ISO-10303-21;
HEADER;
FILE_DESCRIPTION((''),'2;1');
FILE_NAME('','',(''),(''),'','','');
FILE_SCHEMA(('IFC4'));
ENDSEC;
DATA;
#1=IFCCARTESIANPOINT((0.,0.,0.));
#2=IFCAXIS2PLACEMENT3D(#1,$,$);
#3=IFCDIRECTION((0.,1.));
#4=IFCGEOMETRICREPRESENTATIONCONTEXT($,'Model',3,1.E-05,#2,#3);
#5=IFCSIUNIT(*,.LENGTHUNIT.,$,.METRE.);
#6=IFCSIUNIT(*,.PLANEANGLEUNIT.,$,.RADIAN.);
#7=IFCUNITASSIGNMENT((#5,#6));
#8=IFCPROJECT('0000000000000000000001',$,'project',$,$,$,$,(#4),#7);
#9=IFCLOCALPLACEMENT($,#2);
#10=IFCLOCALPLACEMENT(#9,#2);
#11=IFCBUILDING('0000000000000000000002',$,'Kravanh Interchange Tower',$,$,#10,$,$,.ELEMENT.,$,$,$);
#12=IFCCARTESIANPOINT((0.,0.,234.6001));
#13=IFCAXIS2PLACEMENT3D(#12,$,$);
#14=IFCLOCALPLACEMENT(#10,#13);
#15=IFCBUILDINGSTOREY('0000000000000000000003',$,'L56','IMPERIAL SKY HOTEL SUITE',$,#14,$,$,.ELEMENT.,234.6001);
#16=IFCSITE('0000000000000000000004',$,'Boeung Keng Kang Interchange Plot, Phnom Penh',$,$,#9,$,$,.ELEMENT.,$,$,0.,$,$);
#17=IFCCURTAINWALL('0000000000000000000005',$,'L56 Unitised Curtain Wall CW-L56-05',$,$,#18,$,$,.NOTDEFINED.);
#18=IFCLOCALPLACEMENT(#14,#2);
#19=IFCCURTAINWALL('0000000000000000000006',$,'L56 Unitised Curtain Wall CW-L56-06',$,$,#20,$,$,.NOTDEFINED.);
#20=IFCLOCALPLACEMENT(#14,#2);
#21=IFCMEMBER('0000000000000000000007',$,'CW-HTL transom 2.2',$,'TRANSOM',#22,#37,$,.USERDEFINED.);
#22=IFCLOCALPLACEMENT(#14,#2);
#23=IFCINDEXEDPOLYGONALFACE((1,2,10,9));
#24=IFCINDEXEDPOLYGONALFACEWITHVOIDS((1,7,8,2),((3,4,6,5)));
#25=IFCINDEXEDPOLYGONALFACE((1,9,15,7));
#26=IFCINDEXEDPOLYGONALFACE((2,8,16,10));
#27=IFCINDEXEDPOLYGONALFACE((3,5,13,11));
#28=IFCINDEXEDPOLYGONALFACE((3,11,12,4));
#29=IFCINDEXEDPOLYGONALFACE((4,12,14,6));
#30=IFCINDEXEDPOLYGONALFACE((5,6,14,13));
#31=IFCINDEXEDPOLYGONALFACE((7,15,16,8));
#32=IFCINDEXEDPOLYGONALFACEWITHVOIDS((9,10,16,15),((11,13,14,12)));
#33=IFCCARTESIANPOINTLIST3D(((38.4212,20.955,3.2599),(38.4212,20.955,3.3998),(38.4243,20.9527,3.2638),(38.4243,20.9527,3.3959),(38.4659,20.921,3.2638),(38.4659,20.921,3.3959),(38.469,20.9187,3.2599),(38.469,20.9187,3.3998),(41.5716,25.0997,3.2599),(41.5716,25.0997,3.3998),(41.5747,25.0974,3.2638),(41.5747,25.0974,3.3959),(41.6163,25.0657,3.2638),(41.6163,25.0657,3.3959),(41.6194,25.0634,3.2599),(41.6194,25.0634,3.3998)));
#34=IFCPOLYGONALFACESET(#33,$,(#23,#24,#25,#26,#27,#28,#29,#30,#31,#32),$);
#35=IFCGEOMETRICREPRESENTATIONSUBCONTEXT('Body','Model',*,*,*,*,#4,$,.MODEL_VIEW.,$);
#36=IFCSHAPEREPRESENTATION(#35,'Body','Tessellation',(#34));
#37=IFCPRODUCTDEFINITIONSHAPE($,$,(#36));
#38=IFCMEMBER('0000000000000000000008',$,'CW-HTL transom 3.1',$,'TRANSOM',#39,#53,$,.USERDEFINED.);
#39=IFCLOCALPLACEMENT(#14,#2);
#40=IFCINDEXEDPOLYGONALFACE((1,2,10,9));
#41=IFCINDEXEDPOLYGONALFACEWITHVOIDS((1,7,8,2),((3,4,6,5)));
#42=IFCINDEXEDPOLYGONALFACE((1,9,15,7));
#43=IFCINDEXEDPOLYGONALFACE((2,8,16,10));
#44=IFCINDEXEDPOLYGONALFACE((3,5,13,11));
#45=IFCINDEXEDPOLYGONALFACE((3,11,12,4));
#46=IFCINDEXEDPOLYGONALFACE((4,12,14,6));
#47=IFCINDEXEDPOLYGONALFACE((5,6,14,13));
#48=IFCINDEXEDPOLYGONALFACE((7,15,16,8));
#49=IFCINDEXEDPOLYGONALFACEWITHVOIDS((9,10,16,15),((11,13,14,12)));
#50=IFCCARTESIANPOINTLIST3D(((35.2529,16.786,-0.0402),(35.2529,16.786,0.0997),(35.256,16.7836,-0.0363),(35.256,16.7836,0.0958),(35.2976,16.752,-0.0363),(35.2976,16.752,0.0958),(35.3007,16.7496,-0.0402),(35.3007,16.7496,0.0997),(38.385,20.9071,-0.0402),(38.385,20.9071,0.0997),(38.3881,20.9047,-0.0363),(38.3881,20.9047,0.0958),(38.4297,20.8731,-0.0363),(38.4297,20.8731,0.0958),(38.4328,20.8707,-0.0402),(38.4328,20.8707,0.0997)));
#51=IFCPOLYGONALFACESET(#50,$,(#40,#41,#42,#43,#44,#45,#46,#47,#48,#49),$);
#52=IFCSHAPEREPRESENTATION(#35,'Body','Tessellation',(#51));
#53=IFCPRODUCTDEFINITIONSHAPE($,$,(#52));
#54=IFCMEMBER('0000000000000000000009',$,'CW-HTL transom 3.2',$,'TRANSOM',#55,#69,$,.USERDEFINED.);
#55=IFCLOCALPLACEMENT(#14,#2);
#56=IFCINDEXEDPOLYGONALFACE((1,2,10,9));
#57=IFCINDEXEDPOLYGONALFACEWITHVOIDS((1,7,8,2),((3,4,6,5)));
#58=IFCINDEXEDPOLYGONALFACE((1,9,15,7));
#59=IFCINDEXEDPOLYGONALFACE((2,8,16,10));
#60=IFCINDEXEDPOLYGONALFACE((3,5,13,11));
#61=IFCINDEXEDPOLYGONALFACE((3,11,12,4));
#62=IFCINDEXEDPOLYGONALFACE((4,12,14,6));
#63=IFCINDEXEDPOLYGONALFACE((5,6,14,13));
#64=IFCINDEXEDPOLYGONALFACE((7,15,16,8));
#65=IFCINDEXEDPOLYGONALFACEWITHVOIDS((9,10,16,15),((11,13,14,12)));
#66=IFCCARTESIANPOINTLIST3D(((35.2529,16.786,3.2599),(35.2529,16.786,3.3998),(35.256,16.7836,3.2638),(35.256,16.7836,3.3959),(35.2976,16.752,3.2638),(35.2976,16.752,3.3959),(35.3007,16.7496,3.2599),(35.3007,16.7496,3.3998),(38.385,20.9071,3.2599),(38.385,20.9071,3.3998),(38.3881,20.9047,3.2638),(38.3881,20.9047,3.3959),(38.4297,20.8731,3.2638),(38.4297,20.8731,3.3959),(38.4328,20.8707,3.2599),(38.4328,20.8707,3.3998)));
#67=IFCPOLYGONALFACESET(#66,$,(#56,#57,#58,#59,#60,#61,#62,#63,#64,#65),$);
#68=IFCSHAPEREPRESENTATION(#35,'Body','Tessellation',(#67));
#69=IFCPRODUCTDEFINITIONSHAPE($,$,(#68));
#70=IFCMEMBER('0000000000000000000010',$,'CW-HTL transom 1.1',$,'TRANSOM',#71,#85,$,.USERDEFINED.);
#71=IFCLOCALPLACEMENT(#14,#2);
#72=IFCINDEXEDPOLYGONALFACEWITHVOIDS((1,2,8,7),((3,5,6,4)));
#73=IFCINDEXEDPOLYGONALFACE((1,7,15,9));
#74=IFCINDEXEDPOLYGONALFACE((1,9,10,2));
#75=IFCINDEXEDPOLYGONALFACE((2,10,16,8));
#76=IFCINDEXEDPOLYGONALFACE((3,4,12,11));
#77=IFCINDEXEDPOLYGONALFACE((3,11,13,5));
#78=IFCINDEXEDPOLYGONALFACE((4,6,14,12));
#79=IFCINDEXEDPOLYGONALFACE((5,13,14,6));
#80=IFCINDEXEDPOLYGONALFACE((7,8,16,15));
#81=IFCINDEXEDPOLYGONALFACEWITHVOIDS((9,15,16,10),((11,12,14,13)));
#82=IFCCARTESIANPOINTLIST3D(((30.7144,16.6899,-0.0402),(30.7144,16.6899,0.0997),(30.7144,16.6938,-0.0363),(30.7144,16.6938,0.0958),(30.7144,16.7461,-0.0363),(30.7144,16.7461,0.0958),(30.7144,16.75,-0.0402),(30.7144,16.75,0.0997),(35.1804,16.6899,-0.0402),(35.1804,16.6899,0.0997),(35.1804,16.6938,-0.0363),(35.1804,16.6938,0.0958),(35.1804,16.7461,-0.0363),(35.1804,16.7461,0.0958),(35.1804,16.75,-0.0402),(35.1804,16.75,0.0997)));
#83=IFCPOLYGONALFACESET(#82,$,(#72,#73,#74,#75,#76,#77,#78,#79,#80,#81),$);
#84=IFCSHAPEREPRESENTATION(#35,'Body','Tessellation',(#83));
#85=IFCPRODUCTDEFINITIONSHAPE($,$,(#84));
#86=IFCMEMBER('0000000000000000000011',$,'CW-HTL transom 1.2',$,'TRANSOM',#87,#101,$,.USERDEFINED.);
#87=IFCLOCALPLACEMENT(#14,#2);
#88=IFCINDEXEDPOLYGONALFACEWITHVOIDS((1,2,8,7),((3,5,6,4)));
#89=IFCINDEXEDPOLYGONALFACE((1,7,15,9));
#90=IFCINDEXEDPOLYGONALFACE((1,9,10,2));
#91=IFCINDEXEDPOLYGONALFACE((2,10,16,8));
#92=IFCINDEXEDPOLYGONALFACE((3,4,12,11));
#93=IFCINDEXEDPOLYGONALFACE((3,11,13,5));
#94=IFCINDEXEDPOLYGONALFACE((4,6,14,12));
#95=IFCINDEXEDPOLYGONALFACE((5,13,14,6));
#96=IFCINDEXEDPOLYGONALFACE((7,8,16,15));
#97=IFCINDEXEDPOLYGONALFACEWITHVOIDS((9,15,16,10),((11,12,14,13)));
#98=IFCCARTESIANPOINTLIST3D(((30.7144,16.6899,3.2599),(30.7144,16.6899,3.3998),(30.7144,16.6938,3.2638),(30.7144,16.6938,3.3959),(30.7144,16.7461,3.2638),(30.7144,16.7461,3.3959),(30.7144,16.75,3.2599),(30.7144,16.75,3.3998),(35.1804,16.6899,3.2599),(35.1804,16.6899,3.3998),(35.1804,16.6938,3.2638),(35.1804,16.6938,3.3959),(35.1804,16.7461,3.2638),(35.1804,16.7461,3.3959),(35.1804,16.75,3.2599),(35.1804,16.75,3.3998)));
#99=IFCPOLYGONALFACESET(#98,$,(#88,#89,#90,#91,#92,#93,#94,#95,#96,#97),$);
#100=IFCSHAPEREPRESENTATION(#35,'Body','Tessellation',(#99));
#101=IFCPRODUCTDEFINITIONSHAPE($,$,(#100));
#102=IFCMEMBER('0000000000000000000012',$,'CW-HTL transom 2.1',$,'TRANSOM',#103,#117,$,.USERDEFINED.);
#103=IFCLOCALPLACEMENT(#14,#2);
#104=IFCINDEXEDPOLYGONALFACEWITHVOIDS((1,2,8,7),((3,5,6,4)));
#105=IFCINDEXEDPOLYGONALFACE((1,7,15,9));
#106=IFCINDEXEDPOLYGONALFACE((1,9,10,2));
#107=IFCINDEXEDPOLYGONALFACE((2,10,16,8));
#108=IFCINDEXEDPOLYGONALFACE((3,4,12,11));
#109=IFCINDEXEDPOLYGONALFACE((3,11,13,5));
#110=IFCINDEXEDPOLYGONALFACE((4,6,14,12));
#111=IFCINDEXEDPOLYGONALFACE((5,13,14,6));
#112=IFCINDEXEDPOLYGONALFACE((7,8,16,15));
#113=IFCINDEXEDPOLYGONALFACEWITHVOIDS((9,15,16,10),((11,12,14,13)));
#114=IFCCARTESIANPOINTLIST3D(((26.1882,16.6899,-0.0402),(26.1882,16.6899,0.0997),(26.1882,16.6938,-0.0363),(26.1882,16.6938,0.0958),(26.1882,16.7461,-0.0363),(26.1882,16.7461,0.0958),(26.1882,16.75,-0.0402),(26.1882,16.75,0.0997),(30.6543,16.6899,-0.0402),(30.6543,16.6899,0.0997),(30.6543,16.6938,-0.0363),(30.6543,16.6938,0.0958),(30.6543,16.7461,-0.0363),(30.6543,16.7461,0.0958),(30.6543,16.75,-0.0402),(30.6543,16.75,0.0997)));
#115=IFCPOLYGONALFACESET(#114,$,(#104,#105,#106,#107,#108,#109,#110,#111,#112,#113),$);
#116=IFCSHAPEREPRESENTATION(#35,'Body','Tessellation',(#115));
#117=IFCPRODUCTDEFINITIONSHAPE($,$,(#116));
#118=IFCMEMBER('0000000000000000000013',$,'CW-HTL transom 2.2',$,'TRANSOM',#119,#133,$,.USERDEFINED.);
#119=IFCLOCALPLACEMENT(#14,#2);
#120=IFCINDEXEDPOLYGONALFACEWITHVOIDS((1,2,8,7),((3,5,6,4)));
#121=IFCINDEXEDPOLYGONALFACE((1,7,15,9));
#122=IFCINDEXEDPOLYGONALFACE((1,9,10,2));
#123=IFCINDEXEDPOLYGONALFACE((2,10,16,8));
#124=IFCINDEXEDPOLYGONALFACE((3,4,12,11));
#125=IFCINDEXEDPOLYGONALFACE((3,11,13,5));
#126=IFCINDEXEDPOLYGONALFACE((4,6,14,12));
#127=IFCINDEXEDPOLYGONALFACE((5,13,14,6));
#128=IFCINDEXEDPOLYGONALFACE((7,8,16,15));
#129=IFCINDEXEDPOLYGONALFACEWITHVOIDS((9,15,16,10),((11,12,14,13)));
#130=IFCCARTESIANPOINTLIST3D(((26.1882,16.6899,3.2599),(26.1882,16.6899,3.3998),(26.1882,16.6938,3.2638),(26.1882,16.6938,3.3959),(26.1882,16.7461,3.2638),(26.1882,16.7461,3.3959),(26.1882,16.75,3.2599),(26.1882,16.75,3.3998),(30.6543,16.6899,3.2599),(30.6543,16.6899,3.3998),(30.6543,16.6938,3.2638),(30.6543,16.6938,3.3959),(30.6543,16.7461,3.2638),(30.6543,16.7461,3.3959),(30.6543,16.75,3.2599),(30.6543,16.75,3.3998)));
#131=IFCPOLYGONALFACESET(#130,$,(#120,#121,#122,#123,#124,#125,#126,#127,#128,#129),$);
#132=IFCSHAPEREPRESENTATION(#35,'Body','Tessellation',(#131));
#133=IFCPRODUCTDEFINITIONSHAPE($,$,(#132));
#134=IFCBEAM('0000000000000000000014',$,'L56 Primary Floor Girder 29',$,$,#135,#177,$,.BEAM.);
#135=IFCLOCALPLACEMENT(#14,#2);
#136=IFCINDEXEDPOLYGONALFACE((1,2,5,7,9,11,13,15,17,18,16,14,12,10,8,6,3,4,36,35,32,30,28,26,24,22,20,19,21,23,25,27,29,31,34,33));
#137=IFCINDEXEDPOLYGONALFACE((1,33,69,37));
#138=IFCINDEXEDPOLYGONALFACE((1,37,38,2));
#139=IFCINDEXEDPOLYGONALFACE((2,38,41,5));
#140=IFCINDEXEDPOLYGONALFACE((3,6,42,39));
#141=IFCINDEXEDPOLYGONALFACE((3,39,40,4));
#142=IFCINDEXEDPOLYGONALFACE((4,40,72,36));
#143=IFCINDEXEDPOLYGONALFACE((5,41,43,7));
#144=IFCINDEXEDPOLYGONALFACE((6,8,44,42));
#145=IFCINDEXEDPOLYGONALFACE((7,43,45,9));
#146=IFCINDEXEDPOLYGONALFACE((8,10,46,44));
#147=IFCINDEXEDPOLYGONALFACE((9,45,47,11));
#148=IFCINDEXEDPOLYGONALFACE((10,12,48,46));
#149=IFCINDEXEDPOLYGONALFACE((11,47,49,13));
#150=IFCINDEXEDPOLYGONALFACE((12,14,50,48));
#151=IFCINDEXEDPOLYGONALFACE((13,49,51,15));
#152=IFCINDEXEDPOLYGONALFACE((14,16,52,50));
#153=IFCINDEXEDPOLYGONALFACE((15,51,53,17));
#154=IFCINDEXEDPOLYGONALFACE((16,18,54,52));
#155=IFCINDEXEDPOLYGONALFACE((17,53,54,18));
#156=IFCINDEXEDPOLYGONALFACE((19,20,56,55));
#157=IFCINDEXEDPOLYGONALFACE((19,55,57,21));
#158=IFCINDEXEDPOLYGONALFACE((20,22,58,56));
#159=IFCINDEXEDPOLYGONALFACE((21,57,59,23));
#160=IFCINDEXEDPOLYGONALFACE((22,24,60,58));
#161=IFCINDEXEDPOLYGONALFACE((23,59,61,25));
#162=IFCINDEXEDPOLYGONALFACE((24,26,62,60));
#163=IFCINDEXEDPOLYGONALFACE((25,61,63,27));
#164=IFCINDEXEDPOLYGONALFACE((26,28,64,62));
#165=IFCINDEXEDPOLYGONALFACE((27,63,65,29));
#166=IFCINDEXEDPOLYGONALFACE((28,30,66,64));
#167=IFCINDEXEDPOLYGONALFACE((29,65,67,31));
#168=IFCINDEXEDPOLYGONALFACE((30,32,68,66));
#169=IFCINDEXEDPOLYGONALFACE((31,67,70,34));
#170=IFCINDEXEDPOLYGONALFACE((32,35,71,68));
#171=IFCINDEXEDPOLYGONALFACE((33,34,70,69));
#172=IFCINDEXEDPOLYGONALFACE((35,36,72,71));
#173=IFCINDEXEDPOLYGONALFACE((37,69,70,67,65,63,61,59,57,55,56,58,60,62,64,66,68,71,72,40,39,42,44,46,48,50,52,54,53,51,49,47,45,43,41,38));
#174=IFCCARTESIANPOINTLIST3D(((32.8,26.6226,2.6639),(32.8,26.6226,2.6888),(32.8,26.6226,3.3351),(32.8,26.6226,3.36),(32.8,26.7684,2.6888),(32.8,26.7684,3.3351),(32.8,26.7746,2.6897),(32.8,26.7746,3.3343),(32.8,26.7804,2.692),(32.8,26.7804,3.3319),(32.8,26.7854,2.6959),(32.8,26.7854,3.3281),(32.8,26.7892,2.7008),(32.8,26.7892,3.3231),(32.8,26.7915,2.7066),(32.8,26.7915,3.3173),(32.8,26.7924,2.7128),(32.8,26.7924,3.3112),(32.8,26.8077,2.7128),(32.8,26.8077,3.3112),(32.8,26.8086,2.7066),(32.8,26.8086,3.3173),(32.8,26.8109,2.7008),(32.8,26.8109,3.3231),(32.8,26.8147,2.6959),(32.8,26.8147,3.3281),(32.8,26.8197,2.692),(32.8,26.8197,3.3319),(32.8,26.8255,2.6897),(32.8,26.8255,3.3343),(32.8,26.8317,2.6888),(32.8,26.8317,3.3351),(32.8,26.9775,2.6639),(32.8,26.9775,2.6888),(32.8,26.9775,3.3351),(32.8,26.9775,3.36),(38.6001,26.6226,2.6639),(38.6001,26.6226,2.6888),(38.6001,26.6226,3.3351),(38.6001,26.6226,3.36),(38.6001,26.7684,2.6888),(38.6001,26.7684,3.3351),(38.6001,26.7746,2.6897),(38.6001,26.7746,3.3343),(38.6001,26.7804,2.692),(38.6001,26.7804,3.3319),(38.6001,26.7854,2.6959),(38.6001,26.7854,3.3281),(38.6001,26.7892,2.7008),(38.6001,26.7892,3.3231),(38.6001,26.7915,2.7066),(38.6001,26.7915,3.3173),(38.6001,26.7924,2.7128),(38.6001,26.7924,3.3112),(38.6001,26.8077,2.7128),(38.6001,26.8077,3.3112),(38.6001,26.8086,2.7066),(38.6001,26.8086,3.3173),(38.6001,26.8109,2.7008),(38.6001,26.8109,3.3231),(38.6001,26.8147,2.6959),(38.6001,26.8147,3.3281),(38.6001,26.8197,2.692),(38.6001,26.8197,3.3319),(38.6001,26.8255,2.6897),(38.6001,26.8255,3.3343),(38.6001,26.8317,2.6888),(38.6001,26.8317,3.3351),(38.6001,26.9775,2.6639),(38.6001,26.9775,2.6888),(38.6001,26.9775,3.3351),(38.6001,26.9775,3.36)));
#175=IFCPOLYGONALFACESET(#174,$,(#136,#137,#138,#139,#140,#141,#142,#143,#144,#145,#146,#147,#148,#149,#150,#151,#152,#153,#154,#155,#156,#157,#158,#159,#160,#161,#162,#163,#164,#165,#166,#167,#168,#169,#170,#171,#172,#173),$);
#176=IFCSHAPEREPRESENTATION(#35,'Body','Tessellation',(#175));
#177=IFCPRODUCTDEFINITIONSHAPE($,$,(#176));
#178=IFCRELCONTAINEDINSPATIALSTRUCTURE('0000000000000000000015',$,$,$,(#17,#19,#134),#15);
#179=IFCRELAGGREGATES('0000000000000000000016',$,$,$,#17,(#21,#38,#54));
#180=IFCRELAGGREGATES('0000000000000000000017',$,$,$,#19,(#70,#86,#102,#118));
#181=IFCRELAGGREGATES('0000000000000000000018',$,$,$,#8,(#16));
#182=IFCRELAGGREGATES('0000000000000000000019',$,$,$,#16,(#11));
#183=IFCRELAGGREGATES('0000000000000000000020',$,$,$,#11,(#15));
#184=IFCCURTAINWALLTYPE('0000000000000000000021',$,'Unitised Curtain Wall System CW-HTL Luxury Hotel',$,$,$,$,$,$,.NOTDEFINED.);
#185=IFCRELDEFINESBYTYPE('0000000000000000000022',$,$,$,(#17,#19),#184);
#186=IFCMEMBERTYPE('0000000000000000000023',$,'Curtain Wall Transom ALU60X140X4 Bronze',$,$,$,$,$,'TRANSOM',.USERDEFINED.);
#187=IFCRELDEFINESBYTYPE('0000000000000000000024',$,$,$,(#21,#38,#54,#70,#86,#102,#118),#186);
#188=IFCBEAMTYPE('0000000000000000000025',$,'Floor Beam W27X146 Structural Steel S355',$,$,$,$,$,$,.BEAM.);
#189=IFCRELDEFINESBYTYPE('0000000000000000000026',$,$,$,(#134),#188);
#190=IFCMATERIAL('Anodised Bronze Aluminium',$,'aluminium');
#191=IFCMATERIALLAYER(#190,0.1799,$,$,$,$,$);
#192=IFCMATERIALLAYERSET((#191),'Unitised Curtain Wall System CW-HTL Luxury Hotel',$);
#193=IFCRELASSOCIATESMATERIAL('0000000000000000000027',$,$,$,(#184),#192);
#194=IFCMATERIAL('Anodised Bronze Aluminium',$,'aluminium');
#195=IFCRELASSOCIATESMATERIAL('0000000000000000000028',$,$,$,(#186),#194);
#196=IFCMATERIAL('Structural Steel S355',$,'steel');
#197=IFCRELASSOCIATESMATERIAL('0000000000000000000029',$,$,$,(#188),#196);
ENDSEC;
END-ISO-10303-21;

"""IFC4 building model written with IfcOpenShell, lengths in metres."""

from ifc_helpers import new_model, si_unit, direction, frame, origin, origin_2d, place, context, subcontext, project, spatial, hollow_rectangle, i_section, extrude, material, layer, layer_set, material_profile, profile_set, type_object, element, aggregate, save


model = new_model("IFC4")

# Units and contexts
model_context = context("Model", 3, precision=1e-05, world=origin(), true_north=direction((0.0, 1.0)))
body_context = subcontext(model_context, "Body", "Model", "MODEL_VIEW")
ifc_project = project(units=[si_unit("LENGTHUNIT", "METRE"), si_unit("PLANEANGLEUNIT", "RADIAN")], contexts=[model_context])

# Site, building, storey
site_placement = place(None, origin())
site = spatial("IfcSite", under=ifc_project, at=site_placement, Name="Boeung Keng Kang Interchange Plot, Phnom Penh", CompositionType="ELEMENT", RefElevation=0.0)
building_placement = place(site_placement, origin())
building = spatial("IfcBuilding", under=site, at=building_placement, Name="Kravanh Interchange Tower", CompositionType="ELEMENT")
storey_placement = place(building_placement, frame((0.0, 0.0, 234.6001)))
storey = spatial("IfcBuildingStorey", under=building, at=storey_placement, Name="L56", Description="IMPERIAL SKY HOTEL SUITE", CompositionType="ELEMENT", Elevation=234.6001)

# Curtain walls
ifc_material_1 = material(Name="Anodised Bronze Aluminium", Category="aluminium")
ifc_layer_1 = layer(ifc_material_1, 0.1799)
ifc_layer_set_1 = layer_set([ifc_layer_1], Name="Unitised Curtain Wall System CW-HTL Luxury Hotel")
curtain_wall_type = type_object("IfcCurtainWallType", Name="Unitised Curtain Wall System CW-HTL Luxury Hotel", PredefinedType="NOTDEFINED", material=ifc_layer_set_1)
curtain_wall_1_placement = place(storey_placement, origin())
curtain_wall_1 = element("IfcCurtainWall", 1, at=curtain_wall_1_placement, inside=storey, type_object=curtain_wall_type, Name="L56 Unitised Curtain Wall CW-L56-05", PredefinedType="NOTDEFINED")
curtain_wall_2_placement = place(storey_placement, origin())
curtain_wall_2 = element("IfcCurtainWall", 2, at=curtain_wall_2_placement, inside=storey, type_object=curtain_wall_type, Name="L56 Unitised Curtain Wall CW-L56-06", PredefinedType="NOTDEFINED")

# Members
ifc_material_2 = material(Name="Anodised Bronze Aluminium", Category="aluminium")
ifc_material_profile_1 = material_profile(ifc_material_2, hollow_rectangle(XDim=0.0601, YDim=0.1399, WallThickness=0.0039, at=origin_2d()), Name="ALU60X140X4")
ifc_profile_set_1 = profile_set([ifc_material_profile_1], Name="Anodised Bronze Aluminium")
member_type_1 = type_object("IfcMemberType", Name="Curtain Wall Transom ALU60X140X4 Bronze", ElementType="TRANSOM", PredefinedType="USERDEFINED", material=ifc_profile_set_1)
member_1_placement = place(storey_placement, frame((41.5955, 25.0815, 3.3298), z_axis=(-0.605127, -0.796129, 0.0), x_axis=(0.796129, -0.605127, 0.0)))
member_1 = element("IfcMember", 3, at=member_1_placement, type_object=member_type_1, Name="CW-HTL transom 2.2", ObjectType="TRANSOM", PredefinedType="USERDEFINED", context=body_context, shape_type="SweptSolid", body=[
    extrude(hollow_rectangle(XDim=0.0601, YDim=0.1399, WallThickness=0.0039, at=origin_2d()), origin(), (0.0, 0.0, 1.0), 5.2061),
])
member_2_placement = place(storey_placement, frame((38.4089, 20.8889, 0.0298), z_axis=(-0.605089, -0.796158, 0.0), x_axis=(0.796158, -0.605089, 0.0)))
member_2 = element("IfcMember", 4, at=member_2_placement, type_object=member_type_1, Name="CW-HTL transom 3.1", ObjectType="TRANSOM", PredefinedType="USERDEFINED", context=body_context, shape_type="SweptSolid", body=[
    extrude(hollow_rectangle(XDim=0.0601, YDim=0.1399, WallThickness=0.0039, at=origin_2d()), origin(), (0.0, 0.0, 1.0), 5.1763),
])
member_3_placement = place(storey_placement, frame((38.4089, 20.8889, 3.3298), z_axis=(-0.605089, -0.796158, 0.0), x_axis=(0.796158, -0.605089, 0.0)))
member_3 = element("IfcMember", 5, at=member_3_placement, type_object=member_type_1, Name="CW-HTL transom 3.2", ObjectType="TRANSOM", PredefinedType="USERDEFINED", context=body_context, shape_type="SweptSolid", body=[
    extrude(hollow_rectangle(XDim=0.0601, YDim=0.1399, WallThickness=0.0039, at=origin_2d()), origin(), (0.0, 0.0, 1.0), 5.1763),
])
member_4_placement = place(storey_placement, frame((35.1804, 16.72, 0.0298), z_axis=(-1.0, 0.0, 0.0), x_axis=(0.0, -1.0, 0.0)))
member_4 = element("IfcMember", 6, at=member_4_placement, type_object=member_type_1, Name="CW-HTL transom 1.1", ObjectType="TRANSOM", PredefinedType="USERDEFINED", context=body_context, shape_type="SweptSolid", body=[
    extrude(hollow_rectangle(XDim=0.0601, YDim=0.1399, WallThickness=0.0039, at=origin_2d()), origin(), (0.0, 0.0, 1.0), 4.4661),
])
member_5_placement = place(storey_placement, frame((35.1804, 16.72, 3.3298), z_axis=(-1.0, 0.0, 0.0), x_axis=(0.0, -1.0, 0.0)))
member_5 = element("IfcMember", 7, at=member_5_placement, type_object=member_type_1, Name="CW-HTL transom 1.2", ObjectType="TRANSOM", PredefinedType="USERDEFINED", context=body_context, shape_type="SweptSolid", body=[
    extrude(hollow_rectangle(XDim=0.0601, YDim=0.1399, WallThickness=0.0039, at=origin_2d()), origin(), (0.0, 0.0, 1.0), 4.4661),
])
member_6_placement = place(storey_placement, frame((30.6543, 16.72, 0.0298), z_axis=(-1.0, 0.0, 0.0), x_axis=(0.0, -1.0, 0.0)))
member_6 = element("IfcMember", 8, at=member_6_placement, type_object=member_type_1, Name="CW-HTL transom 2.1", ObjectType="TRANSOM", PredefinedType="USERDEFINED", context=body_context, shape_type="SweptSolid", body=[
    extrude(hollow_rectangle(XDim=0.0601, YDim=0.1399, WallThickness=0.0039, at=origin_2d()), origin(), (0.0, 0.0, 1.0), 4.4661),
])
member_7_placement = place(storey_placement, frame((30.6543, 16.72, 3.3298), z_axis=(-1.0, 0.0, 0.0), x_axis=(0.0, -1.0, 0.0)))
member_7 = element("IfcMember", 9, at=member_7_placement, type_object=member_type_1, Name="CW-HTL transom 2.2", ObjectType="TRANSOM", PredefinedType="USERDEFINED", context=body_context, shape_type="SweptSolid", body=[
    extrude(hollow_rectangle(XDim=0.0601, YDim=0.1399, WallThickness=0.0039, at=origin_2d()), origin(), (0.0, 0.0, 1.0), 4.4661),
])

# Beam
ifc_material_3 = material(Name="Structural Steel S355", Category="steel")
ifc_material_profile_2 = material_profile(ifc_material_3, i_section(OverallWidth=0.355, OverallDepth=0.696, WebThickness=0.0154, FlangeThickness=0.0249, FilletRadius=0.0239, at=origin_2d()), Name="W27X146")
ifc_profile_set_2 = profile_set([ifc_material_profile_2], Name="Structural Steel S355")
beam_type_1 = type_object("IfcBeamType", Name="Floor Beam W27X146 Structural Steel S355", PredefinedType="BEAM", material=ifc_profile_set_2)
beam_1_placement = place(storey_placement, frame((38.6001, 26.8, 3.012), z_axis=(-1.0, 0.0, 0.0), x_axis=(0.0, -1.0, 0.0)))
element("IfcBeam", 10, at=beam_1_placement, inside=storey, type_object=beam_type_1, Name="L56 Primary Floor Girder 29", PredefinedType="BEAM", context=body_context, shape_type="SweptSolid", body=[
    extrude(i_section(OverallWidth=0.355, OverallDepth=0.696, WebThickness=0.0154, FlangeThickness=0.0249, FilletRadius=0.0239, at=origin_2d()), origin(), (0.0, 0.0, 1.0), 5.8),
])

aggregate(curtain_wall_1, [member_1, member_2, member_3])
aggregate(curtain_wall_2, [member_4, member_5, member_6, member_7])

save(model, "model.ifc")
